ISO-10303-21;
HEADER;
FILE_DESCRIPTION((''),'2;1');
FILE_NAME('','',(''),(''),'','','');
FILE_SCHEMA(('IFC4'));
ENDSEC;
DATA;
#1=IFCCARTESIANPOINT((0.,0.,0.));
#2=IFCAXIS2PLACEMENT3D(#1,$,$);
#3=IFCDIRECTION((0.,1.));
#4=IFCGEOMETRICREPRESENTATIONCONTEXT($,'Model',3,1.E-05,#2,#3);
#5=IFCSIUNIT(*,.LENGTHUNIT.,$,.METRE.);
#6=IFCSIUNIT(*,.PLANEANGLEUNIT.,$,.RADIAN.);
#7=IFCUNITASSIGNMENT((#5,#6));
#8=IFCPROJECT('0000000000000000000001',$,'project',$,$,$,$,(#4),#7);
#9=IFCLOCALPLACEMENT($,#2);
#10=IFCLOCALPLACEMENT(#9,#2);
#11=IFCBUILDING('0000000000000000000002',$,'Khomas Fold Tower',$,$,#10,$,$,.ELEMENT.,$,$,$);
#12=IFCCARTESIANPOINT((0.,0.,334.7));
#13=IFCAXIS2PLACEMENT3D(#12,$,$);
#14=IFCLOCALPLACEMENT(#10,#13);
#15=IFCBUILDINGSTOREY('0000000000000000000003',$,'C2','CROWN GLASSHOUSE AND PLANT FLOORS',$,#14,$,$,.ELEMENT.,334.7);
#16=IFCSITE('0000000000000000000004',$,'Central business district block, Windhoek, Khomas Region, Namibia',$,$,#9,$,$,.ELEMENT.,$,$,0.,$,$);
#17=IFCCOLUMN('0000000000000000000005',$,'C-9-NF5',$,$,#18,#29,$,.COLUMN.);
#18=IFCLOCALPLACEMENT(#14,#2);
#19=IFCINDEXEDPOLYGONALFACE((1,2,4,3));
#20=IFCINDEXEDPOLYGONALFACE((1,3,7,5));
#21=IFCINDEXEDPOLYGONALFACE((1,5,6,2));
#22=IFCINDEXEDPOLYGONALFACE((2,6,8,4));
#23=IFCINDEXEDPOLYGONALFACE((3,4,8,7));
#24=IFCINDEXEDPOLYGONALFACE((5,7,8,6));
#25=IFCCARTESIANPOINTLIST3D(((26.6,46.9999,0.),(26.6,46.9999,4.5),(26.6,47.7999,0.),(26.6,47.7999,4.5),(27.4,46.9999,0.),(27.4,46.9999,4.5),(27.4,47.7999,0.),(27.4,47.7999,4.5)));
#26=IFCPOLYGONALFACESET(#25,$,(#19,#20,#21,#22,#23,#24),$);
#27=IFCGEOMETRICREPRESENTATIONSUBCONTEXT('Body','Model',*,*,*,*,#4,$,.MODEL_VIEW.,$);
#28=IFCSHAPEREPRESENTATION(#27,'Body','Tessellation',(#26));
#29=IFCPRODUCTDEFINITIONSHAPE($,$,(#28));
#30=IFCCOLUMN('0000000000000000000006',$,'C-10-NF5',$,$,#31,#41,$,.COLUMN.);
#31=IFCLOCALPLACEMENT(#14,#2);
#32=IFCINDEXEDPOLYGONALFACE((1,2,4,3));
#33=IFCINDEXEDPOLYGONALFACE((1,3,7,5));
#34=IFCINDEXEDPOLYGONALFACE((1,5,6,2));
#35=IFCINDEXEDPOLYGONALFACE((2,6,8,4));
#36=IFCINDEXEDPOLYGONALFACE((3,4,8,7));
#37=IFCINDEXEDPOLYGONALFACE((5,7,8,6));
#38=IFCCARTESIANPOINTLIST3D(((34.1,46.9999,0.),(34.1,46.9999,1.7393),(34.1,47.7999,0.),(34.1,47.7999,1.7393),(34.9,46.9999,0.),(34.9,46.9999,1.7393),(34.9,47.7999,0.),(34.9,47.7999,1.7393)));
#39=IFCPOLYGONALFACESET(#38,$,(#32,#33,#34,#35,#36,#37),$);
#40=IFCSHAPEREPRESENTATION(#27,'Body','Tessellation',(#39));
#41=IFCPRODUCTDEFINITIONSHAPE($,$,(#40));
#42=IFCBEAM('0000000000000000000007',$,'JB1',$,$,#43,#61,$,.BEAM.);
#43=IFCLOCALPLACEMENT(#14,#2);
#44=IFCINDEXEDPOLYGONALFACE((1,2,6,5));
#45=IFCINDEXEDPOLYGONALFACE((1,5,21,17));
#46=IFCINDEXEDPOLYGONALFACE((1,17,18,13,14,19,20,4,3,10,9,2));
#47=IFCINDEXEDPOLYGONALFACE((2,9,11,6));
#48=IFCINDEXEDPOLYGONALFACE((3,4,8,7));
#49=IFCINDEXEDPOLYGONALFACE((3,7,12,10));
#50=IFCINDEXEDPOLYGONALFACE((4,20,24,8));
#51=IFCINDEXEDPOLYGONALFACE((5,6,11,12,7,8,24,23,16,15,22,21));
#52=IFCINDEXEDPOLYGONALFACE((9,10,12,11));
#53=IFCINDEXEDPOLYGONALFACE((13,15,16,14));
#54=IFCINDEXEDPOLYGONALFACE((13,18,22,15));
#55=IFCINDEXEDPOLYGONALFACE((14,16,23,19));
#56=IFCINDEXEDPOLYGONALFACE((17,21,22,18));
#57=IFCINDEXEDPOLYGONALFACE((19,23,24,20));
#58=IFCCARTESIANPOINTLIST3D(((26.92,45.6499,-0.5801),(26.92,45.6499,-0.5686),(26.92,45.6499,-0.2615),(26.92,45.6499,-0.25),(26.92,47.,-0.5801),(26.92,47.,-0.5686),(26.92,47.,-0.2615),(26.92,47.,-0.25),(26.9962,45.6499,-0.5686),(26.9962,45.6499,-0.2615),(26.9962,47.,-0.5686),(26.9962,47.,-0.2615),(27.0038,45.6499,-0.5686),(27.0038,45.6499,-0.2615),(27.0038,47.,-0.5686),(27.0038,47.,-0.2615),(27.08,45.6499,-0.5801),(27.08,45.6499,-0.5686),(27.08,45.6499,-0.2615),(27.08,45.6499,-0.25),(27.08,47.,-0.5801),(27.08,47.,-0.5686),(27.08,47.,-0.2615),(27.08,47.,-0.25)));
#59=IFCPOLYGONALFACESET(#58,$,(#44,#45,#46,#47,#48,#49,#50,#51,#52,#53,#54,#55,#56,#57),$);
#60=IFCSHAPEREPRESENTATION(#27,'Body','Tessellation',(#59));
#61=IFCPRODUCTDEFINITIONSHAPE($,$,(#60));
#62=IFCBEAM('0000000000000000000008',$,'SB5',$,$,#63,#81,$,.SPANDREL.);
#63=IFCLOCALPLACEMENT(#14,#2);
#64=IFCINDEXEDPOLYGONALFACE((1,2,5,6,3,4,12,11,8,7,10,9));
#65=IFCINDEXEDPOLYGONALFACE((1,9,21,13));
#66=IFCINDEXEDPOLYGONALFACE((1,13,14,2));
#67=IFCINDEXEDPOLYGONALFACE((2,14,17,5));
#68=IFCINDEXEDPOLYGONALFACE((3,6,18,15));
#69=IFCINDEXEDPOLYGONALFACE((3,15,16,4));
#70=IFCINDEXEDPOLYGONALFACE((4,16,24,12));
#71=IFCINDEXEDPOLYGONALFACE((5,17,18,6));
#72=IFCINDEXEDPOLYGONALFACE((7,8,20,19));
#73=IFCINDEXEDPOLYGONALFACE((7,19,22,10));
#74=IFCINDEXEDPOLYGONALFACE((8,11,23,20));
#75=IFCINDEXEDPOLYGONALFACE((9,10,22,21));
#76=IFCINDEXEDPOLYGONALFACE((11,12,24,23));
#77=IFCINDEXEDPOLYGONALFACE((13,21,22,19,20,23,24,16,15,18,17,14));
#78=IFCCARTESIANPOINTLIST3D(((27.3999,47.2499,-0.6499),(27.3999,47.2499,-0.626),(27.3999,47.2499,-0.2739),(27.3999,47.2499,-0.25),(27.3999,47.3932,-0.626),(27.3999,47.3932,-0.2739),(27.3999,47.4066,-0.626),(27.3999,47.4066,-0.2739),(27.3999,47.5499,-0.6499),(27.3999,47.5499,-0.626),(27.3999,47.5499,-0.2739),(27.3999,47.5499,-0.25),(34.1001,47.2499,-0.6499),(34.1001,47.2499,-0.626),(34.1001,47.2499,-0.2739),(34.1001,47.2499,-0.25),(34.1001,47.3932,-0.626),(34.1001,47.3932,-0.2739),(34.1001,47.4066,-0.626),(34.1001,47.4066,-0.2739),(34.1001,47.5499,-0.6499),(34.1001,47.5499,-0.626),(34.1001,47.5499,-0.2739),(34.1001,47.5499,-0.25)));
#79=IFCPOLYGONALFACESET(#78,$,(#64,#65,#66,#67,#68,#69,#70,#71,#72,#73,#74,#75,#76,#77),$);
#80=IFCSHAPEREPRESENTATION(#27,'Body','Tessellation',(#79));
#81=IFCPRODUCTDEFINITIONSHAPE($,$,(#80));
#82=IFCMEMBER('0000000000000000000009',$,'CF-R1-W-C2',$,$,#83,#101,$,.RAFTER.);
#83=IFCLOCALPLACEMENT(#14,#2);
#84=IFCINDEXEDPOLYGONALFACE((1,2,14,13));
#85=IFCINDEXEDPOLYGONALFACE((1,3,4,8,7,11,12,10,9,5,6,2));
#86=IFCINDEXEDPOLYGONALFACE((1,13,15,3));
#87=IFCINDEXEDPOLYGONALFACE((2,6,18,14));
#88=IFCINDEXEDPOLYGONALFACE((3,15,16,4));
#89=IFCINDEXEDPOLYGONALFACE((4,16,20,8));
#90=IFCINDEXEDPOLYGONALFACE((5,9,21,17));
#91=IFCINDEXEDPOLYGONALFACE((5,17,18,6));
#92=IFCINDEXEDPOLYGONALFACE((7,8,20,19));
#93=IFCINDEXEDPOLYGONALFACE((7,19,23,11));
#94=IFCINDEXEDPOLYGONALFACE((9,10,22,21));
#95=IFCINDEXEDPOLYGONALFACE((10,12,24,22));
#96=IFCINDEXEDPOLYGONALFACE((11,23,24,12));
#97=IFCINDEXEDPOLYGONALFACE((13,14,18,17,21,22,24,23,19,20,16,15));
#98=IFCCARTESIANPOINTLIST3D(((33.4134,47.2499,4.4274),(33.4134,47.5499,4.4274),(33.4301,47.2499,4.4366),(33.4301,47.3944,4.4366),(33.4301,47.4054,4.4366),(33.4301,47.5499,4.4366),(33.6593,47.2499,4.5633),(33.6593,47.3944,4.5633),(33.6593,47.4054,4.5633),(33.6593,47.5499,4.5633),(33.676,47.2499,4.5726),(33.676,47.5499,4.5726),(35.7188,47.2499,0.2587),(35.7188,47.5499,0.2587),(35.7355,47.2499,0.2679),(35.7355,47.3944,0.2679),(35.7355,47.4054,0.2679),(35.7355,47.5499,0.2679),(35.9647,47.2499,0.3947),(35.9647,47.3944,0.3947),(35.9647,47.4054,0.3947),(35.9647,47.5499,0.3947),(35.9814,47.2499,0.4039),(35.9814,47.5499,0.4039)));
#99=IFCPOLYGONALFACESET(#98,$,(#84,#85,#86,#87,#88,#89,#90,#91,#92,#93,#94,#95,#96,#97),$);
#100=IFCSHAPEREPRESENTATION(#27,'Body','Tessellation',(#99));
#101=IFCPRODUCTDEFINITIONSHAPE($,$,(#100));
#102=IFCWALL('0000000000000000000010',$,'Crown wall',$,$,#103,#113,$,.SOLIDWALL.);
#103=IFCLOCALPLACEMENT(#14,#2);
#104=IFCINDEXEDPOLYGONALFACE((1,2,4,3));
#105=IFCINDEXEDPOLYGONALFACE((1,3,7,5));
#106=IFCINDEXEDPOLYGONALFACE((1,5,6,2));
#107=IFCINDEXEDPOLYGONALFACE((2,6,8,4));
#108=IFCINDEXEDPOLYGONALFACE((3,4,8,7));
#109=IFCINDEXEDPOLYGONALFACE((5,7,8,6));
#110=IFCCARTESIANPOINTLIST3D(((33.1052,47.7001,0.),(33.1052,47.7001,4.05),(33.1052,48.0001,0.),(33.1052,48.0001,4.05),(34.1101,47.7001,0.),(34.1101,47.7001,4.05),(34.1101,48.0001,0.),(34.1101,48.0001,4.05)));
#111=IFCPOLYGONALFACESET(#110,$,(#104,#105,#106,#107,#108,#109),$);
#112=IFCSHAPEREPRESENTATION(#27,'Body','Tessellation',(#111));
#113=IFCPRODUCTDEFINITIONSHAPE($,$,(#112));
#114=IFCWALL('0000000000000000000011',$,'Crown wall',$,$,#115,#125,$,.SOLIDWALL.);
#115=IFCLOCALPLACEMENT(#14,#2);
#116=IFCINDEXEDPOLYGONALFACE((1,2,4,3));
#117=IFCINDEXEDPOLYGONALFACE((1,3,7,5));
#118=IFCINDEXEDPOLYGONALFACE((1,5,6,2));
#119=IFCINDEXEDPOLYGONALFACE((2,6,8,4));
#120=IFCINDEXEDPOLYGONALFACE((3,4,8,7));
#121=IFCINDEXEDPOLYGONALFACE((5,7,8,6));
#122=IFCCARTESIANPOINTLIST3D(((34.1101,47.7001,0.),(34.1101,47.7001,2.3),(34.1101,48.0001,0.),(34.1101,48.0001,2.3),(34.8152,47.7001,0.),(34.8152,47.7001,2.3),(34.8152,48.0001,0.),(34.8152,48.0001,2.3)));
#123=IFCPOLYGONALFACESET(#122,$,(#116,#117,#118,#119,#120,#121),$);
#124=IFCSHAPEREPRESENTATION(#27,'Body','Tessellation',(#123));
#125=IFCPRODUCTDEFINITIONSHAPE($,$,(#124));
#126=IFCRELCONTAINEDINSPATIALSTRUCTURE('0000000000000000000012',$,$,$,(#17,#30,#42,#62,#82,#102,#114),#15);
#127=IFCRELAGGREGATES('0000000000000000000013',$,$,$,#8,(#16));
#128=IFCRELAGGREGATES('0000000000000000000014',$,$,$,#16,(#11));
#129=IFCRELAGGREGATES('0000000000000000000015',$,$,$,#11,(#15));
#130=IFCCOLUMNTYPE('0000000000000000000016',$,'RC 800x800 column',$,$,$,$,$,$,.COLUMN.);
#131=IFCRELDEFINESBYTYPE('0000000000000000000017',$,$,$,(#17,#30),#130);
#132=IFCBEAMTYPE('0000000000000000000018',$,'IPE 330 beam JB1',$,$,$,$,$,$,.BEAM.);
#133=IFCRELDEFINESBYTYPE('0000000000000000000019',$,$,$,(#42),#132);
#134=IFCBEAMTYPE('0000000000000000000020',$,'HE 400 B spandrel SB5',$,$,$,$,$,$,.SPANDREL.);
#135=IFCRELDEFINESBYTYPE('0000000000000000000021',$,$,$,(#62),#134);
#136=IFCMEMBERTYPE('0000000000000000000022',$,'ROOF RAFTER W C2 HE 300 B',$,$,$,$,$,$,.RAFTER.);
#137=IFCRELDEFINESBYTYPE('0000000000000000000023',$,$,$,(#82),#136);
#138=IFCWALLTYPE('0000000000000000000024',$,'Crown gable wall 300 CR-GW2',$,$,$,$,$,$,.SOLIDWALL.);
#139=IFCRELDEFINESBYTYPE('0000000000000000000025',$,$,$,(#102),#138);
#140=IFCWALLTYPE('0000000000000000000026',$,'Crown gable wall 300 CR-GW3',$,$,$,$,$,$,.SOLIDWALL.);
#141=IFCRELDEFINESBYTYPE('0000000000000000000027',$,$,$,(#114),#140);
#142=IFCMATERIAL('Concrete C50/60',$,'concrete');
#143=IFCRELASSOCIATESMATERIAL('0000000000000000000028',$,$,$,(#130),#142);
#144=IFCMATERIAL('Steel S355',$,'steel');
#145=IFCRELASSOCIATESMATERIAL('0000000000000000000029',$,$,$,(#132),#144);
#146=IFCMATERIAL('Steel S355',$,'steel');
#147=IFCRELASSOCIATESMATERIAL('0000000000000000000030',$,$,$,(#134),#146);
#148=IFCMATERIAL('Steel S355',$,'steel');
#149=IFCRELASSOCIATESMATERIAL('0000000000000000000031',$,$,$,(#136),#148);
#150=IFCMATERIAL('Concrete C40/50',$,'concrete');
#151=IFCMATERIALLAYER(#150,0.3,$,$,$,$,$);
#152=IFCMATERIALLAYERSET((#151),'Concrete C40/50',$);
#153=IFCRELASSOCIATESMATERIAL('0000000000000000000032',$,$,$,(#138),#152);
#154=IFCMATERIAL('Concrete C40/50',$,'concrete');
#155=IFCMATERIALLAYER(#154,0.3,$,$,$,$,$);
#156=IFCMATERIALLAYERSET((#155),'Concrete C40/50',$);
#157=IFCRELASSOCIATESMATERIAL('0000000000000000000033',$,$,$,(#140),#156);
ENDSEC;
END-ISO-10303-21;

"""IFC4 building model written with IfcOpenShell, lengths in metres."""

from ifc_helpers import new_model, si_unit, direction, frame, frame_2d, origin, origin_2d, place, context, subcontext, project, spatial, rectangle, i_section, extrude, source, transform, mapped, material, layer, layer_set, material_profile, profile_set, type_object, element, save


model = new_model("IFC4")

# Units and contexts
model_context = context("Model", 3, precision=1e-05, world=origin(), true_north=direction((0.0, 1.0)))
body_context = subcontext(model_context, "Body", "Model", "MODEL_VIEW")
ifc_project = project(units=[si_unit("LENGTHUNIT", "METRE"), si_unit("PLANEANGLEUNIT", "RADIAN")], contexts=[model_context])

# Site, building, storey
site_placement = place(None, origin())
site = spatial("IfcSite", under=ifc_project, at=site_placement, Name="Central business district block, Windhoek, Khomas Region, Namibia", CompositionType="ELEMENT", RefElevation=0.0)
building_placement = place(site_placement, origin())
building = spatial("IfcBuilding", under=site, at=building_placement, Name="Khomas Fold Tower", CompositionType="ELEMENT")
storey_placement = place(building_placement, frame((0.0, 0.0, 334.7)))
storey = spatial("IfcBuildingStorey", under=building, at=storey_placement, Name="C2", Description="CROWN GLASSHOUSE AND PLANT FLOORS", CompositionType="ELEMENT", Elevation=334.7)

# Columns
ifc_material_1 = material(Name="Concrete C50/60", Category="concrete")
ifc_material_profile_1 = material_profile(ifc_material_1, rectangle(XDim=0.8, YDim=0.8, at=origin_2d()), Name="RC 800x800")
ifc_profile_set_1 = profile_set([ifc_material_profile_1], Name="Concrete C50/60")
column_type = type_object("IfcColumnType", Name="RC 800x800 column", PredefinedType="COLUMN", material=ifc_profile_set_1)
shared_shape_1 = source(origin(), body_context, "Body", "SweptSolid", [
    extrude(rectangle(XDim=0.8, YDim=0.8, at=origin_2d()), origin(), (0.0, 0.0, 1.0), 4.5),
])
column_1_placement = place(storey_placement, frame((27.0, 47.3999, 0.0), z_axis=(0.0, 0.0, 1.0), x_axis=(1.0, 0.0, 0.0)))
element("IfcColumn", 1, at=column_1_placement, inside=storey, type_object=column_type, Name="C-9-NF5", PredefinedType="COLUMN", context=body_context, shape_type="MappedRepresentation", body=[
    mapped(shared_shape_1, transform((0.0, 0.0, 0.0))),
])
shared_shape_2 = source(origin(), body_context, "Body", "SweptSolid", [
    extrude(rectangle(XDim=0.8, YDim=0.8, at=origin_2d()), origin(), (0.0, 0.0, 1.0), 1.7393),
])
column_2_placement = place(storey_placement, frame((34.5, 47.3999, 0.0), z_axis=(0.0, 0.0, 1.0), x_axis=(1.0, 0.0, 0.0)))
element("IfcColumn", 2, at=column_2_placement, inside=storey, type_object=column_type, Name="C-10-NF5", PredefinedType="COLUMN", context=body_context, shape_type="MappedRepresentation", body=[
    mapped(shared_shape_2, transform((0.0, 0.0, 0.0))),
])

# Beams
ifc_material_2 = material(Name="Steel S355", Category="steel")
ifc_material_profile_2 = material_profile(ifc_material_2, i_section(OverallWidth=0.1599, OverallDepth=0.3301, WebThickness=0.0076, FlangeThickness=0.0115, at=origin_2d()), Name="IPE 330")
ifc_profile_set_2 = profile_set([ifc_material_profile_2], Name="Steel S355")
beam_type_1 = type_object("IfcBeamType", Name="IPE 330 beam JB1", PredefinedType="BEAM", material=ifc_profile_set_2)
shared_shape_3 = source(origin(), body_context, "Body", "SweptSolid", [
    extrude(i_section(OverallWidth=0.1599, OverallDepth=0.3301, WebThickness=0.0076, FlangeThickness=0.0115, at=origin_2d()), origin(), (0.0, 0.0, 1.0), 1.3501),
])
beam_1_placement = place(storey_placement, frame((27.0, 45.6499, -0.415), z_axis=(0.0, 1.0, 0.0), x_axis=(-1.0, 0.0, 0.0)))
element("IfcBeam", 3, at=beam_1_placement, inside=storey, type_object=beam_type_1, Name="JB1", PredefinedType="BEAM", context=body_context, shape_type="MappedRepresentation", body=[
    mapped(shared_shape_3, transform((0.0, 0.0, 0.0))),
])
ifc_material_3 = material(Name="Steel S355", Category="steel")
ifc_material_profile_3 = material_profile(ifc_material_3, i_section(OverallWidth=0.3, OverallDepth=0.3999, WebThickness=0.0134, FlangeThickness=0.0239, at=origin_2d()), Name="HE 400 B")
ifc_profile_set_3 = profile_set([ifc_material_profile_3], Name="Steel S355")
beam_type_2 = type_object("IfcBeamType", Name="HE 400 B spandrel SB5", PredefinedType="SPANDREL", material=ifc_profile_set_3)
shared_shape_4 = source(origin(), body_context, "Body", "SweptSolid", [
    extrude(i_section(OverallWidth=0.3, OverallDepth=0.3999, WebThickness=0.0134, FlangeThickness=0.0239, at=origin_2d()), origin(), (0.0, 0.0, 1.0), 6.7002),
])
beam_2_placement = place(storey_placement, frame((27.3999, 47.3999, -0.45), z_axis=(1.0, 0.0, 0.0), x_axis=(0.0, 1.0, 0.0)))
element("IfcBeam", 4, at=beam_2_placement, inside=storey, type_object=beam_type_2, Name="SB5", PredefinedType="SPANDREL", context=body_context, shape_type="MappedRepresentation", body=[
    mapped(shared_shape_4, transform((0.0, 0.0, 0.0))),
])

# Member
ifc_material_4 = material(Name="Steel S355", Category="steel")
ifc_material_profile_4 = material_profile(ifc_material_4, i_section(OverallWidth=0.3, OverallDepth=0.3, WebThickness=0.011, FlangeThickness=0.019, at=origin_2d()), Name="HE 300 B")
ifc_profile_set_4 = profile_set([ifc_material_profile_4], Name="Steel S355")
member_type = type_object("IfcMemberType", Name="ROOF RAFTER W C2 HE 300 B", PredefinedType="RAFTER", material=ifc_profile_set_4)
shared_shape_5 = source(origin(), body_context, "Body", "SweptSolid", [
    extrude(i_section(OverallWidth=0.3, OverallDepth=0.3, WebThickness=0.011, FlangeThickness=0.019, at=origin_2d()), origin(), (0.0, 0.0, 1.0), 4.7637),
])
member_placement = place(storey_placement, frame((35.8501, 47.3999, 0.3313), z_axis=(-0.483954, 0.0, 0.875094), x_axis=(0.0, -1.0, 0.0)))
element("IfcMember", 5, at=member_placement, inside=storey, type_object=member_type, Name="CF-R1-W-C2", PredefinedType="RAFTER", context=body_context, shape_type="MappedRepresentation", body=[
    mapped(shared_shape_5, transform((0.0, 0.0, 0.0))),
])

# Walls
ifc_material_5 = material(Name="Concrete C40/50", Category="concrete")
ifc_layer_1 = layer(ifc_material_5, 0.3)
ifc_layer_set_1 = layer_set([ifc_layer_1], Name="Concrete C40/50")
wall_type_1 = type_object("IfcWallType", Name="Crown gable wall 300 CR-GW2", PredefinedType="SOLIDWALL", material=ifc_layer_set_1)
shared_shape_6 = source(origin(), body_context, "Body", "SweptSolid", [
    extrude(rectangle(XDim=1.0049, YDim=0.3, at=frame_2d((0.5024, 0.0))), origin(), (0.0, 0.0, 1.0), 4.05),
])
wall_1_placement = place(storey_placement, frame((34.1101, 47.8501, 0.0), z_axis=(0.0, 0.0, 1.0), x_axis=(-1.0, 0.0, 0.0)))
element("IfcWall", 6, at=wall_1_placement, inside=storey, type_object=wall_type_1, Name="Crown wall", PredefinedType="SOLIDWALL", context=body_context, shape_type="MappedRepresentation", body=[
    mapped(shared_shape_6, transform((0.0, 0.0, 0.0))),
])
ifc_material_6 = material(Name="Concrete C40/50", Category="concrete")
ifc_layer_2 = layer(ifc_material_6, 0.3)
ifc_layer_set_2 = layer_set([ifc_layer_2], Name="Concrete C40/50")
wall_type_2 = type_object("IfcWallType", Name="Crown gable wall 300 CR-GW3", PredefinedType="SOLIDWALL", material=ifc_layer_set_2)
shared_shape_7 = source(origin(), body_context, "Body", "SweptSolid", [
    extrude(rectangle(XDim=0.7051, YDim=0.3, at=frame_2d((0.3525, 0.0))), origin(), (0.0, 0.0, 1.0), 2.3),
])
wall_2_placement = place(storey_placement, frame((34.8152, 47.8501, 0.0), z_axis=(0.0, 0.0, 1.0), x_axis=(-1.0, 0.0, 0.0)))
element("IfcWall", 7, at=wall_2_placement, inside=storey, type_object=wall_type_2, Name="Crown wall", PredefinedType="SOLIDWALL", context=body_context, shape_type="MappedRepresentation", body=[
    mapped(shared_shape_7, transform((0.0, 0.0, 0.0))),
])

save(model, "model.ifc")
